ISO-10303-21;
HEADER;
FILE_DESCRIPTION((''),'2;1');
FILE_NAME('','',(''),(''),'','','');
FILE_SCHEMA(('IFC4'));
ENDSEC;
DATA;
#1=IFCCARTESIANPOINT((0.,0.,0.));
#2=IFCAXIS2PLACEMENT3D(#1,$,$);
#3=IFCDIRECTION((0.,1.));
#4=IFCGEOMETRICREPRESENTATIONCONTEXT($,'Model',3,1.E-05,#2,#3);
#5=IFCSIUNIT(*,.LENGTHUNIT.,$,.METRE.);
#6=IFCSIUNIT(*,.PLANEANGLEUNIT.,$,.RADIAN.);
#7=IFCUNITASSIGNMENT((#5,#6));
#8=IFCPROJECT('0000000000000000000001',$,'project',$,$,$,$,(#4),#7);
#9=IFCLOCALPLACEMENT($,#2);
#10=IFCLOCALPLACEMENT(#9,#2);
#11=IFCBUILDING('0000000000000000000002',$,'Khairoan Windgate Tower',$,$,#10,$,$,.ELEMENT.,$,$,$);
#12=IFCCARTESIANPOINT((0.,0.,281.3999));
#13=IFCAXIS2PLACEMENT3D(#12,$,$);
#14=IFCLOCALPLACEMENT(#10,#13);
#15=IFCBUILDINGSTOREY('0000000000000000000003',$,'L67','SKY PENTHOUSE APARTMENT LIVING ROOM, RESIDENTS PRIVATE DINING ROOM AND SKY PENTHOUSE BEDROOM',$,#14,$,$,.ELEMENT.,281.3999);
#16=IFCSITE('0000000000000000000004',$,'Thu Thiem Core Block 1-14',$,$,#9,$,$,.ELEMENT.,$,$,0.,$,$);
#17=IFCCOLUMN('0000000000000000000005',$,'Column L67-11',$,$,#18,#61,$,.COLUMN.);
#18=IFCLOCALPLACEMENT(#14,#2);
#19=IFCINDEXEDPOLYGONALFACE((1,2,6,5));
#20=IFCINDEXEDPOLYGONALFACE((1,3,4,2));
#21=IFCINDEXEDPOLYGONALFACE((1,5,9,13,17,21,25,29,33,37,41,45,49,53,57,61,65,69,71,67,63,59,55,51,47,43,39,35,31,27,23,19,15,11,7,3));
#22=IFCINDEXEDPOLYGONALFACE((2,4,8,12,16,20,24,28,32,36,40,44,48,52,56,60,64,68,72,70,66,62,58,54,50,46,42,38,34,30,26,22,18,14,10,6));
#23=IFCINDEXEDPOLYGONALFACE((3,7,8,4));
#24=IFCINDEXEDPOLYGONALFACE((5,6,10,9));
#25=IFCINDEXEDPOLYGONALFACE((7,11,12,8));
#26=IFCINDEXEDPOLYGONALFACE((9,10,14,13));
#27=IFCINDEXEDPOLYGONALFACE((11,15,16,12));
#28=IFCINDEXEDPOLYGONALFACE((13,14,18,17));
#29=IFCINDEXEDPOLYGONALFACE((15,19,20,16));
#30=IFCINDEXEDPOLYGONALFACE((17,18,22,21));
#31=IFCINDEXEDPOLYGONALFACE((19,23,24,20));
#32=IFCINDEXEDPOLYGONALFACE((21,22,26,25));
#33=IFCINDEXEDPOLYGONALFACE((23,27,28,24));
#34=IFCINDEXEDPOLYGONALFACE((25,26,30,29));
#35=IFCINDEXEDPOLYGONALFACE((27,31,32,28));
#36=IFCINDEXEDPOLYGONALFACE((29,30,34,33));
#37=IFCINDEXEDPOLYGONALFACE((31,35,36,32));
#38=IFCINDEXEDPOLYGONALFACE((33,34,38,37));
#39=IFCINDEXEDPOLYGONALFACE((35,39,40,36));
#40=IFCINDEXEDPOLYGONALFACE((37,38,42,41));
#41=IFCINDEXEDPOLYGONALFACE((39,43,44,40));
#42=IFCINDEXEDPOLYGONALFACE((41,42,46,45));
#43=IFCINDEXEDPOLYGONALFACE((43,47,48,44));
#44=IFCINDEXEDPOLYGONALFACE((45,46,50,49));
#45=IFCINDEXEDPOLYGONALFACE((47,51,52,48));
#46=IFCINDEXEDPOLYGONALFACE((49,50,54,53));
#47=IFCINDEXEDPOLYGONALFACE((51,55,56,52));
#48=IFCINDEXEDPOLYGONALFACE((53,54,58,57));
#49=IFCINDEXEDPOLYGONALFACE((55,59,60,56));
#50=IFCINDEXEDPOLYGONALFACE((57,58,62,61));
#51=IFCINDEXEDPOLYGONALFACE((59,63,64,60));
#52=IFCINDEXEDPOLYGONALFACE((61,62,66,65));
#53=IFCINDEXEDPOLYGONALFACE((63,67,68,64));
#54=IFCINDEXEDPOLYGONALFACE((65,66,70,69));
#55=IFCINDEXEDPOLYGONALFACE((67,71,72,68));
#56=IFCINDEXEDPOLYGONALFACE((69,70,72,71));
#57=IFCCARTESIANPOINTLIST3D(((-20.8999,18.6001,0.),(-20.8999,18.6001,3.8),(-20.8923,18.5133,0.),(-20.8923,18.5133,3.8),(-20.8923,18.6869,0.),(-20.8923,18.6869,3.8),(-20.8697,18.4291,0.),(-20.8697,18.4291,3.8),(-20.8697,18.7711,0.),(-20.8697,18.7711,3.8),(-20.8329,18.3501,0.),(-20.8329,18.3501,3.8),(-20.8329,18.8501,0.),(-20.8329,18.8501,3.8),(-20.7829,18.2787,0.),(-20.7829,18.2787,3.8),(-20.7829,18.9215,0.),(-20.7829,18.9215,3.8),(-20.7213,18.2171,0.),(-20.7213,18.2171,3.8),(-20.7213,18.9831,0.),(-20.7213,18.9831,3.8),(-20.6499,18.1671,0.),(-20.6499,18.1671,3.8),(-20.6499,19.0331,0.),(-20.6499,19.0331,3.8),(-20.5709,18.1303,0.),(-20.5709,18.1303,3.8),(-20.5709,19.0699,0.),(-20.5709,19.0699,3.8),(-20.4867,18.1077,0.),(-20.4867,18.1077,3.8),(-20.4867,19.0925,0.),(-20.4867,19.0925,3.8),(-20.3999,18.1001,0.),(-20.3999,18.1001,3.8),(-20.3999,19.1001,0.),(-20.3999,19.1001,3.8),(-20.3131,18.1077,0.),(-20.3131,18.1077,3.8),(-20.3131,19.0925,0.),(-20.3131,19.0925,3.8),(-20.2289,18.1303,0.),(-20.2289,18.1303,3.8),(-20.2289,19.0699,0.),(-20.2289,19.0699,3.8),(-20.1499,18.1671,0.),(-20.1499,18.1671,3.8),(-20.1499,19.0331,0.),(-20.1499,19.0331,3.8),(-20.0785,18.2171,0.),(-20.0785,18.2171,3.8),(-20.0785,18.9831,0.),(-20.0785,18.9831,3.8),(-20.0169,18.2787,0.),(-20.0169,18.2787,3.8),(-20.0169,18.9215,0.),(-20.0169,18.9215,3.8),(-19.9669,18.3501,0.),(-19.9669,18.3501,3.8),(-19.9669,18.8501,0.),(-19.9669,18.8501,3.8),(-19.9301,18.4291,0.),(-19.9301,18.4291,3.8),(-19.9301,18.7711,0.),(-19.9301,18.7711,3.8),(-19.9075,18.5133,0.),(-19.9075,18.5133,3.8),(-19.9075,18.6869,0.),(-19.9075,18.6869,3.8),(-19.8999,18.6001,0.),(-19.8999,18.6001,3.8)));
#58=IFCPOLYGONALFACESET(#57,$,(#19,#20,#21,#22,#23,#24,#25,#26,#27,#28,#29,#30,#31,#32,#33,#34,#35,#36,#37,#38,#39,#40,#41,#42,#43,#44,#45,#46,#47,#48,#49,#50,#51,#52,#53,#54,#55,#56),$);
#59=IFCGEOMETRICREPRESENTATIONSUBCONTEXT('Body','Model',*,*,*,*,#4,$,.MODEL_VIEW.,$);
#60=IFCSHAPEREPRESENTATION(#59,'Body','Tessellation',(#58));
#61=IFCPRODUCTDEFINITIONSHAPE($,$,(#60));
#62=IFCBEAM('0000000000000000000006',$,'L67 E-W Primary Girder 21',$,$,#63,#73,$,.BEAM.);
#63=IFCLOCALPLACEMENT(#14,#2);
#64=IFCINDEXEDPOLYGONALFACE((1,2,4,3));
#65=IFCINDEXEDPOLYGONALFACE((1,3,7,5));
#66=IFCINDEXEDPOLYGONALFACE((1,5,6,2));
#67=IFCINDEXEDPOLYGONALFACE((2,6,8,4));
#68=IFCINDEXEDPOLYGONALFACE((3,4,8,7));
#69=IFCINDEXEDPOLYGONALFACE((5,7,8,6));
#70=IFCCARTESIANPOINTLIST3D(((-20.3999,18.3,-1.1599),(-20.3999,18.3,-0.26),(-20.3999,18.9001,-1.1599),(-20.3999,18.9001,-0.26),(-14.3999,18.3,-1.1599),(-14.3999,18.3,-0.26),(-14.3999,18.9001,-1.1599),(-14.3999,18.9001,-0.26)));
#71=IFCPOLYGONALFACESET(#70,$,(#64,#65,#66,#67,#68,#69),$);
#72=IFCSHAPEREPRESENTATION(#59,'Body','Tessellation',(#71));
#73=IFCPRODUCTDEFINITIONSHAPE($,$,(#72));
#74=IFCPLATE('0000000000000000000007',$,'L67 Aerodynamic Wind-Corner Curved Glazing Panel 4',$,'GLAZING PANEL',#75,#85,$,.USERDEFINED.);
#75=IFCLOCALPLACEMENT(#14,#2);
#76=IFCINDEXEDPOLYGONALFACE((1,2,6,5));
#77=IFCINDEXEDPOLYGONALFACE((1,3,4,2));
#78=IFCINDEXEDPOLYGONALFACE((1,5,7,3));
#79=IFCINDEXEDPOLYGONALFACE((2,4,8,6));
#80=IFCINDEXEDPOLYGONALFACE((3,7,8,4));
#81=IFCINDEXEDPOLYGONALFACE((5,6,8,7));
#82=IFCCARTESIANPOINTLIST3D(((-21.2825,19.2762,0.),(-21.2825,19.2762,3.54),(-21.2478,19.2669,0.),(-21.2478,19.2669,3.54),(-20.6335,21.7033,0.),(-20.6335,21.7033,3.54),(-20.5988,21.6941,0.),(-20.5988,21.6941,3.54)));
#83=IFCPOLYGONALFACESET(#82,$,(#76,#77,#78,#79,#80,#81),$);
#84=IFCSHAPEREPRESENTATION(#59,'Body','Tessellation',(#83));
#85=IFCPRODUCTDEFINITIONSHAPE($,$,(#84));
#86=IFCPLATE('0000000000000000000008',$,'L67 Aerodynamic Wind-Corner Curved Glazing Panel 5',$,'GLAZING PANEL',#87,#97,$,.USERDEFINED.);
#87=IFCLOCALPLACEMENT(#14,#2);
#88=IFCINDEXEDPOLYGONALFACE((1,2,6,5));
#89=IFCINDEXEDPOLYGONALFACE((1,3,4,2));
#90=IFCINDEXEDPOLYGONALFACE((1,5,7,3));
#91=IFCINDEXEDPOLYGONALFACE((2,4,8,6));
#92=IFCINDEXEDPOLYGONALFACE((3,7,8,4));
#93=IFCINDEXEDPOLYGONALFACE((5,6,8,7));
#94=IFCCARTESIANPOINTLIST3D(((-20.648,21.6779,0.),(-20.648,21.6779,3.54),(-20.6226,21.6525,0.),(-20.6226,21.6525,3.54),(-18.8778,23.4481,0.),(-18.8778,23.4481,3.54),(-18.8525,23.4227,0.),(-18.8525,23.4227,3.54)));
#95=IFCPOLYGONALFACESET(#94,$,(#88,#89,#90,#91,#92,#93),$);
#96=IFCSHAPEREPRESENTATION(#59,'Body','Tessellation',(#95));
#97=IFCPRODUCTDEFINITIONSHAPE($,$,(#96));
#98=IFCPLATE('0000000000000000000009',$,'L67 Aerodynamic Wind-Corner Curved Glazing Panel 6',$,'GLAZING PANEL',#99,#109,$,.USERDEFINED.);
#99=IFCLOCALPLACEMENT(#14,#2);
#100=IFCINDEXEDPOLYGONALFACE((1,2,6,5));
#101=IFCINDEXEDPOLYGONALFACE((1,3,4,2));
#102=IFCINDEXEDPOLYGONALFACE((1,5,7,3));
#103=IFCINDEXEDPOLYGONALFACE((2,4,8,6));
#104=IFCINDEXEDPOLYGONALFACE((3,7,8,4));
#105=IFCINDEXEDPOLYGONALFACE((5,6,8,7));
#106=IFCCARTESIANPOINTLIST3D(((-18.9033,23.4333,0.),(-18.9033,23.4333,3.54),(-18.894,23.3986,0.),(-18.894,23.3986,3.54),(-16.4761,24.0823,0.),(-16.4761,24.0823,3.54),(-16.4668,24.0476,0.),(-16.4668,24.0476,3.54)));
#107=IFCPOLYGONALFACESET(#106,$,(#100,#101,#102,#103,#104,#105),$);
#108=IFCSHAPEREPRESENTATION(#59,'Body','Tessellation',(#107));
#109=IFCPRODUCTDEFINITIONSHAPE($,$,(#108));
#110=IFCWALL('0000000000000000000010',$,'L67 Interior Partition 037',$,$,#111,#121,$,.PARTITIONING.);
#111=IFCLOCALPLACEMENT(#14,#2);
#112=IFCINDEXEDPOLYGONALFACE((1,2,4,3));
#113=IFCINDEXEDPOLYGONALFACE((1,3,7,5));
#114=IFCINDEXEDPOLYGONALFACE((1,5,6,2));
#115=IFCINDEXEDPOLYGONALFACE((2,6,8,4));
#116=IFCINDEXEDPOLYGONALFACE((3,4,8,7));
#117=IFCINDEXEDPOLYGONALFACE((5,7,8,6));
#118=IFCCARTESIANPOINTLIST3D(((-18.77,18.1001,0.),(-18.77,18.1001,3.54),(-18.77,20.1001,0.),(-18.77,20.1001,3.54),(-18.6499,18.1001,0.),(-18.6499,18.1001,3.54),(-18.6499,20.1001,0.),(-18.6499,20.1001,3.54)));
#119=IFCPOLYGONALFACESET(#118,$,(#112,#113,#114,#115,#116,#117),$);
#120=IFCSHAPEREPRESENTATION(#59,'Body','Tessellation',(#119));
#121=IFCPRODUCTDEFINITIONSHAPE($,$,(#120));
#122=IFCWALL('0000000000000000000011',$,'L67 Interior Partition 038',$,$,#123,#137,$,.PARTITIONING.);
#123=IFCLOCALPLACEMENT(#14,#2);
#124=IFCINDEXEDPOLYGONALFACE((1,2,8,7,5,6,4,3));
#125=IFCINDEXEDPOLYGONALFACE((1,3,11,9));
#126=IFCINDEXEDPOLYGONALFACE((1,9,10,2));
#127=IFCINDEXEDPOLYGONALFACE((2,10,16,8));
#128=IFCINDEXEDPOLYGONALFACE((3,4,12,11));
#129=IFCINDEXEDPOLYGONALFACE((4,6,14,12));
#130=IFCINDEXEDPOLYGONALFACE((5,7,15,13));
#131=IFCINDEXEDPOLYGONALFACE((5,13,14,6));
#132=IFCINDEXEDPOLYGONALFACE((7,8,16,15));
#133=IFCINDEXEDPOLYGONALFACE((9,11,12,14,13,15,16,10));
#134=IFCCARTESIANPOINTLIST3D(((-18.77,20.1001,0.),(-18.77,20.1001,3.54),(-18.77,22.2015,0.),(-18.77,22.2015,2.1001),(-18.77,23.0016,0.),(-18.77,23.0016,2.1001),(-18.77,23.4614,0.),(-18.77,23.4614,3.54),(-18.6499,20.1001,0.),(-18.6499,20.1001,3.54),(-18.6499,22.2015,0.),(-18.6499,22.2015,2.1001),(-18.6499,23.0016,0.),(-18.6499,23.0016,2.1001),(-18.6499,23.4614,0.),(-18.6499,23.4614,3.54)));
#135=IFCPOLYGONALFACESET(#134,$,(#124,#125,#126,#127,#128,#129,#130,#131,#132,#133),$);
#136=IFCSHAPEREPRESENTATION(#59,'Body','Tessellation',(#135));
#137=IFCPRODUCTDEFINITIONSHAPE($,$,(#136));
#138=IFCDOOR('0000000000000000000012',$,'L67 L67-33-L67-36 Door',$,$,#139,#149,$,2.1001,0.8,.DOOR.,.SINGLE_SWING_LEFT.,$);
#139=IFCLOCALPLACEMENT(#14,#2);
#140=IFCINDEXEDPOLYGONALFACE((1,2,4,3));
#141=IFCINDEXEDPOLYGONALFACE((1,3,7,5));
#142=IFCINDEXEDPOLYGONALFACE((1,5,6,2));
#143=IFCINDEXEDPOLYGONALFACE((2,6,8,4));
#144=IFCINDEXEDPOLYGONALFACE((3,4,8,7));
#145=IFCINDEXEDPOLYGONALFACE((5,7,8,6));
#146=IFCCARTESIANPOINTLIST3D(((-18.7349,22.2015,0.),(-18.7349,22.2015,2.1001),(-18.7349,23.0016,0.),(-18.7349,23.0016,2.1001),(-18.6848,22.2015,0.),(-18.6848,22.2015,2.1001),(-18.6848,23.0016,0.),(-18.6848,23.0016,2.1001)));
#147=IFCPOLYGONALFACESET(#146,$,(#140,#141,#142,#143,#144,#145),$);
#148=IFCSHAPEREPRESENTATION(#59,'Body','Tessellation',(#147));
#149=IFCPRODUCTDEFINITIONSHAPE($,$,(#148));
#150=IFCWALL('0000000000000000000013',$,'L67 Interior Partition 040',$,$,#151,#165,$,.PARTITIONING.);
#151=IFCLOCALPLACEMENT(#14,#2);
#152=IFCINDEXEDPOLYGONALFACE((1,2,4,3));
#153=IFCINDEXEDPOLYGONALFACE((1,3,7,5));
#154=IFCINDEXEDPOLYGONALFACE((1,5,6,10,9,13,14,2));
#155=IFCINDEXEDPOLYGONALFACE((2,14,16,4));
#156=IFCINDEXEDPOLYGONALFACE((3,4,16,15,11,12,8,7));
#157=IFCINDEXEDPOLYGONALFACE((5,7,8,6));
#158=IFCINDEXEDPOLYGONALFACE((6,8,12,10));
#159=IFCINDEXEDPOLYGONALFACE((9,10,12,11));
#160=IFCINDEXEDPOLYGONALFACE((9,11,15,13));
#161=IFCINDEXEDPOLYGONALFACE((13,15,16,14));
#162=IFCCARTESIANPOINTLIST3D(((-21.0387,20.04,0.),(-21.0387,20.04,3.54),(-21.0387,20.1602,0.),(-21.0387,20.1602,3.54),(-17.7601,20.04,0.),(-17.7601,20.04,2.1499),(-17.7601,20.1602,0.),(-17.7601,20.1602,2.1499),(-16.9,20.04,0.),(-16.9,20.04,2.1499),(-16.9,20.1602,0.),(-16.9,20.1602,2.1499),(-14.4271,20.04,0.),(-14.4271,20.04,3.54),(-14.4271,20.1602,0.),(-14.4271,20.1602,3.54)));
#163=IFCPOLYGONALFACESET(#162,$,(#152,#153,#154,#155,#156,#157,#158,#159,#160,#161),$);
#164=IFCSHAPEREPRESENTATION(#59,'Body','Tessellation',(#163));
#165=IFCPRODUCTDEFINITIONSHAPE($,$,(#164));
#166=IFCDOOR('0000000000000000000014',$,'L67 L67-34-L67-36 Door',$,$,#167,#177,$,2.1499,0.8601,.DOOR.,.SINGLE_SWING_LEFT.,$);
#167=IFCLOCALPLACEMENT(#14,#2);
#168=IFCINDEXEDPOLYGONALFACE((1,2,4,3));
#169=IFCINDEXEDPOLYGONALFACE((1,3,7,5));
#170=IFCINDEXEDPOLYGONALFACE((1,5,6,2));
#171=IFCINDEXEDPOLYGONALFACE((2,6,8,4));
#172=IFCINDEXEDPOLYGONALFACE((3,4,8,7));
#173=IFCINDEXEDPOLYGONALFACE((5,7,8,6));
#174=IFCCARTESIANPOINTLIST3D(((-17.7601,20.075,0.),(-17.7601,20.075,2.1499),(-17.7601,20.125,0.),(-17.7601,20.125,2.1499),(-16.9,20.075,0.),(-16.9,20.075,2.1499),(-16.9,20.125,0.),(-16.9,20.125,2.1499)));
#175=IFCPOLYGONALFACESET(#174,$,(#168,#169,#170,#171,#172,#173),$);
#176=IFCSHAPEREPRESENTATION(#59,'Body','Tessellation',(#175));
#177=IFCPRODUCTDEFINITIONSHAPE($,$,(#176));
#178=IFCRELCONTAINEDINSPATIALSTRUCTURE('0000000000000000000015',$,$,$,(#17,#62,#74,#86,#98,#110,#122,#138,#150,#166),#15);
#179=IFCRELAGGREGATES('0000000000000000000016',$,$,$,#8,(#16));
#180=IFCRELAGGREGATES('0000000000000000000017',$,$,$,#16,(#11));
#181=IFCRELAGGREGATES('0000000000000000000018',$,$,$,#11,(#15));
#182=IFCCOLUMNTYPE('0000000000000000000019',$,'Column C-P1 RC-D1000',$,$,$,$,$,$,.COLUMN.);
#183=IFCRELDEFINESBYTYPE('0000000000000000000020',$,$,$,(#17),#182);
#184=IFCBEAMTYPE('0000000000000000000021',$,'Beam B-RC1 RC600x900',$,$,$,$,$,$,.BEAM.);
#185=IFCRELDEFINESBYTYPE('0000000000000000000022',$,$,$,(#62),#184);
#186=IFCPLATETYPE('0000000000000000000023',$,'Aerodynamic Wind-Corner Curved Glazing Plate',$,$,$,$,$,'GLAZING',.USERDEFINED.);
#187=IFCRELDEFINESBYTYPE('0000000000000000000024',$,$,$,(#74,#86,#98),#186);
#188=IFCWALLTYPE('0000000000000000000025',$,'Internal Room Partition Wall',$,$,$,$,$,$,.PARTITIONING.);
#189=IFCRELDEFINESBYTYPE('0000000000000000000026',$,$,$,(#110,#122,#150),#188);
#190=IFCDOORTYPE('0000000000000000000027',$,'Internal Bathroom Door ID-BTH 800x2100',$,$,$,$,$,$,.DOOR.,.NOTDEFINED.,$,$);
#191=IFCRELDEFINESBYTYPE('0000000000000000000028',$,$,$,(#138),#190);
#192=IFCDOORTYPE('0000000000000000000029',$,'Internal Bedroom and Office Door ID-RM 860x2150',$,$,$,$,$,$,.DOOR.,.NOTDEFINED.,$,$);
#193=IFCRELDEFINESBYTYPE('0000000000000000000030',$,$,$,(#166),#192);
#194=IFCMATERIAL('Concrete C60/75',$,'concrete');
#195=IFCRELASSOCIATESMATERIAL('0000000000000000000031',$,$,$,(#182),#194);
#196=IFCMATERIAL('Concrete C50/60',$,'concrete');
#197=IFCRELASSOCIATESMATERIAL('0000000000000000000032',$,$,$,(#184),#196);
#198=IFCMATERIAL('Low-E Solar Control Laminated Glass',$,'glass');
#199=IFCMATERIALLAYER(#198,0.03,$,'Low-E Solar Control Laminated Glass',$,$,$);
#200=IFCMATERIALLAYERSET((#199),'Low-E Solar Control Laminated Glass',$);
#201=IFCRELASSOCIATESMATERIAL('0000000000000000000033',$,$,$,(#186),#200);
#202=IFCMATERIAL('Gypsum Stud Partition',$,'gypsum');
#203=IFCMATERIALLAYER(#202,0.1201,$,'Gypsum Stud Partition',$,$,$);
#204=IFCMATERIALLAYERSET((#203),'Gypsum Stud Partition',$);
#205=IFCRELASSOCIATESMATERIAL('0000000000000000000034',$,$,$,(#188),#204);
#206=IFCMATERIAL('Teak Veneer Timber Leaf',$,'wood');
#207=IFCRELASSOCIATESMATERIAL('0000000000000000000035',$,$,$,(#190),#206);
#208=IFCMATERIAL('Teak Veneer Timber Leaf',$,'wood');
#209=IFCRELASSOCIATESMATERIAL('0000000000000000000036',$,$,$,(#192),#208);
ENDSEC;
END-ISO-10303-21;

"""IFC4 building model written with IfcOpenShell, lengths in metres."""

from ifc_helpers import new_model, si_unit, direction, frame, frame_2d, origin, origin_2d, place, context, subcontext, project, spatial, rectangle, circle, extrude, material, layer, layer_set, material_profile, profile_set, type_object, element, fill, save


model = new_model("IFC4")

# Units and contexts
model_context = context("Model", 3, precision=1e-05, world=origin(), true_north=direction((0.0, 1.0)))
body_context = subcontext(model_context, "Body", "Model", "MODEL_VIEW")
ifc_project = project(units=[si_unit("LENGTHUNIT", "METRE"), si_unit("PLANEANGLEUNIT", "RADIAN")], contexts=[model_context])

# Site, building, storey
site_placement = place(None, origin())
site = spatial("IfcSite", under=ifc_project, at=site_placement, Name="Thu Thiem Core Block 1-14", CompositionType="ELEMENT", RefElevation=0.0)
building_placement = place(site_placement, origin())
building = spatial("IfcBuilding", under=site, at=building_placement, Name="Khairoan Windgate Tower", CompositionType="ELEMENT")
storey_placement = place(building_placement, frame((0.0, 0.0, 281.3999)))
storey = spatial("IfcBuildingStorey", under=building, at=storey_placement, Name="L67", Description="SKY PENTHOUSE APARTMENT LIVING ROOM, RESIDENTS PRIVATE DINING ROOM AND SKY PENTHOUSE BEDROOM", CompositionType="ELEMENT", Elevation=281.3999)

# Column
ifc_material_1 = material(Name="Concrete C60/75", Category="concrete")
ifc_material_profile_1 = material_profile(ifc_material_1, circle(Radius=0.5, at=origin_2d()))
ifc_profile_set_1 = profile_set([ifc_material_profile_1], Name="Concrete C60/75")
column_type = type_object("IfcColumnType", Name="Column C-P1 RC-D1000", PredefinedType="COLUMN", material=ifc_profile_set_1)
column_placement = place(storey_placement, frame((-20.3999, 18.6001, 0.0), z_axis=(0.0, 0.0, 1.0), x_axis=(1.0, 0.0, 0.0)))
element("IfcColumn", 1, at=column_placement, inside=storey, type_object=column_type, Name="Column L67-11", PredefinedType="COLUMN", context=body_context, shape_type="SweptSolid", body=[
    extrude(circle(Radius=0.5, at=origin_2d()), origin(), (0.0, 0.0, 1.0), 3.8),
])

# Beam
ifc_material_2 = material(Name="Concrete C50/60", Category="concrete")
ifc_material_profile_2 = material_profile(ifc_material_2, rectangle(XDim=0.6001, YDim=0.8999, at=origin_2d()))
ifc_profile_set_2 = profile_set([ifc_material_profile_2], Name="Concrete C50/60")
beam_type = type_object("IfcBeamType", Name="Beam B-RC1 RC600x900", PredefinedType="BEAM", material=ifc_profile_set_2)
beam_placement = place(storey_placement, frame((-20.3999, 18.6001, -0.71), z_axis=(1.0, 0.0, 0.0), x_axis=(0.0, 1.0, 0.0)))
element("IfcBeam", 2, at=beam_placement, inside=storey, type_object=beam_type, Name="L67 E-W Primary Girder 21", PredefinedType="BEAM", context=body_context, shape_type="SweptSolid", body=[
    extrude(rectangle(XDim=0.6001, YDim=0.8999, at=origin_2d()), origin(), (0.0, 0.0, 1.0), 6.0),
])

# Plates
ifc_material_3 = material(Name="Low-E Solar Control Laminated Glass", Category="glass")
ifc_layer_1 = layer(ifc_material_3, 0.03, Name="Low-E Solar Control Laminated Glass")
ifc_layer_set_1 = layer_set([ifc_layer_1], Name="Low-E Solar Control Laminated Glass")
plate_type_1 = type_object("IfcPlateType", Name="Aerodynamic Wind-Corner Curved Glazing Plate", ElementType="GLAZING", PredefinedType="USERDEFINED", material=ifc_layer_set_1)
plate_1_placement = place(storey_placement, frame((-20.9407, 20.4851, 0.0), z_axis=(0.0, 0.0, 1.0), x_axis=(0.258313, 0.966061, 0.0)))
element("IfcPlate", 3, at=plate_1_placement, inside=storey, type_object=plate_type_1, Name="L67 Aerodynamic Wind-Corner Curved Glazing Panel 4", ObjectType="GLAZING PANEL", PredefinedType="USERDEFINED", context=body_context, shape_type="SweptSolid", body=[
    extrude(rectangle(XDim=2.5125, YDim=0.0359, at=origin_2d()), origin(), (0.0, 0.0, 1.0), 3.54),
])
plate_2_placement = place(storey_placement, frame((-19.7502, 22.5503, 0.0), z_axis=(0.0, 0.0, 1.0), x_axis=(0.707107, 0.707107, 0.0)))
element("IfcPlate", 4, at=plate_2_placement, inside=storey, type_object=plate_type_1, Name="L67 Aerodynamic Wind-Corner Curved Glazing Panel 5", ObjectType="GLAZING PANEL", PredefinedType="USERDEFINED", context=body_context, shape_type="SweptSolid", body=[
    extrude(rectangle(XDim=2.5034, YDim=0.0359, at=origin_2d()), origin(), (0.0, 0.0, 1.0), 3.54),
])
plate_3_placement = place(storey_placement, frame((-17.6851, 23.7405, 0.0), z_axis=(0.0, 0.0, 1.0), x_axis=(0.966061, 0.258313, 0.0)))
element("IfcPlate", 5, at=plate_3_placement, inside=storey, type_object=plate_type_1, Name="L67 Aerodynamic Wind-Corner Curved Glazing Panel 6", ObjectType="GLAZING PANEL", PredefinedType="USERDEFINED", context=body_context, shape_type="SweptSolid", body=[
    extrude(rectangle(XDim=2.5125, YDim=0.0359, at=origin_2d()), origin(), (0.0, 0.0, 1.0), 3.54),
])

# Wall
ifc_material_4 = material(Name="Gypsum Stud Partition", Category="gypsum")
ifc_layer_2 = layer(ifc_material_4, 0.1201, Name="Gypsum Stud Partition")
ifc_layer_set_2 = layer_set([ifc_layer_2], Name="Gypsum Stud Partition")
wall_type = type_object("IfcWallType", Name="Internal Room Partition Wall", PredefinedType="PARTITIONING", material=ifc_layer_set_2)
wall_1_placement = place(storey_placement, frame((-18.71, 18.1001, 0.0), z_axis=(0.0, 0.0, 1.0), x_axis=(0.0, 1.0, 0.0)))
element("IfcWall", 6, at=wall_1_placement, inside=storey, type_object=wall_type, Name="L67 Interior Partition 037", PredefinedType="PARTITIONING", context=body_context, shape_type="SweptSolid", body=[
    extrude(rectangle(XDim=2.0, YDim=0.1201, at=frame_2d((1.0, 0.0))), origin(), (0.0, 0.0, 1.0), 3.54),
])

# Walls, openings, doors
wall_2_placement = place(storey_placement, frame((-18.71, 20.1001, 0.0), z_axis=(0.0, 0.0, 1.0), x_axis=(0.0, 1.0, 0.0)))
wall_2 = element("IfcWall", 7, at=wall_2_placement, inside=storey, type_object=wall_type, Name="L67 Interior Partition 038", PredefinedType="PARTITIONING", context=body_context, shape_type="SweptSolid", body=[
    extrude(rectangle(XDim=3.3613, YDim=0.1201, at=frame_2d((1.6807, 0.0))), origin(), (0.0, 0.0, 1.0), 3.54),
])
opening_1_placement = place(wall_2_placement, frame((2.1016, 0.0, 0.0)))
opening_1 = element("IfcOpeningElement", 8, at=opening_1_placement, cuts=wall_2, PredefinedType="OPENING", context=body_context, shape_type="SweptSolid", body=[
    extrude(rectangle(XDim=0.8, YDim=2.1001, at=frame_2d((0.3999, 1.05))), frame((0.0, 0.0701, 0.0), z_axis=(0.0, -1.0, 0.0), x_axis=(1.0, 0.0, 0.0)), (0.0, 0.0, 1.0), 0.1401),
])
ifc_material_5 = material(Name="Teak Veneer Timber Leaf", Category="wood")
door_type_1 = type_object("IfcDoorType", Name="Internal Bathroom Door ID-BTH 800x2100", OperationType="NOTDEFINED", PredefinedType="DOOR", material=ifc_material_5)
door_1_placement = place(opening_1_placement, origin())
door_1 = element("IfcDoor", 9, at=door_1_placement, inside=storey, type_object=door_type_1, Name="L67 L67-33-L67-36 Door", OperationType="SINGLE_SWING_LEFT", OverallHeight=2.1001, OverallWidth=0.8, PredefinedType="DOOR", context=body_context, shape_type="SweptSolid", body=[
    extrude(rectangle(XDim=0.8, YDim=2.1001, at=frame_2d((0.3999, 1.05))), frame((0.0, 0.0249, 0.0), z_axis=(0.0, -1.0, 0.0), x_axis=(1.0, 0.0, 0.0)), (0.0, 0.0, 1.0), 0.05),
])
fill(opening_1, door_1)
wall_3_placement = place(storey_placement, frame((-21.0386, 20.1001, 0.0), z_axis=(0.0, 0.0, 1.0), x_axis=(1.0, 0.0, 0.0)))
wall_3 = element("IfcWall", 10, at=wall_3_placement, inside=storey, type_object=wall_type, Name="L67 Interior Partition 040", PredefinedType="PARTITIONING", context=body_context, shape_type="SweptSolid", body=[
    extrude(rectangle(XDim=6.6116, YDim=0.1201, at=frame_2d((3.3057, 0.0))), origin(), (0.0, 0.0, 1.0), 3.54),
])
opening_2_placement = place(wall_3_placement, frame((3.2783, 0.0, 0.0)))
opening_2 = element("IfcOpeningElement", 11, at=opening_2_placement, cuts=wall_3, PredefinedType="OPENING", context=body_context, shape_type="SweptSolid", body=[
    extrude(rectangle(XDim=0.8601, YDim=2.1499, at=frame_2d((0.4302, 1.075))), frame((0.0, 0.0701, 0.0), z_axis=(0.0, -1.0, 0.0), x_axis=(1.0, 0.0, 0.0)), (0.0, 0.0, 1.0), 0.1401),
])
ifc_material_6 = material(Name="Teak Veneer Timber Leaf", Category="wood")
door_type_2 = type_object("IfcDoorType", Name="Internal Bedroom and Office Door ID-RM 860x2150", OperationType="NOTDEFINED", PredefinedType="DOOR", material=ifc_material_6)
door_2_placement = place(opening_2_placement, origin())
door_2 = element("IfcDoor", 12, at=door_2_placement, inside=storey, type_object=door_type_2, Name="L67 L67-34-L67-36 Door", OperationType="SINGLE_SWING_LEFT", OverallHeight=2.1499, OverallWidth=0.8601, PredefinedType="DOOR", context=body_context, shape_type="SweptSolid", body=[
    extrude(rectangle(XDim=0.8601, YDim=2.1499, at=frame_2d((0.4302, 1.075))), frame((0.0, 0.0249, 0.0), z_axis=(0.0, -1.0, 0.0), x_axis=(1.0, 0.0, 0.0)), (0.0, 0.0, 1.0), 0.05),
])
fill(opening_2, door_2)

save(model, "model.ifc")
